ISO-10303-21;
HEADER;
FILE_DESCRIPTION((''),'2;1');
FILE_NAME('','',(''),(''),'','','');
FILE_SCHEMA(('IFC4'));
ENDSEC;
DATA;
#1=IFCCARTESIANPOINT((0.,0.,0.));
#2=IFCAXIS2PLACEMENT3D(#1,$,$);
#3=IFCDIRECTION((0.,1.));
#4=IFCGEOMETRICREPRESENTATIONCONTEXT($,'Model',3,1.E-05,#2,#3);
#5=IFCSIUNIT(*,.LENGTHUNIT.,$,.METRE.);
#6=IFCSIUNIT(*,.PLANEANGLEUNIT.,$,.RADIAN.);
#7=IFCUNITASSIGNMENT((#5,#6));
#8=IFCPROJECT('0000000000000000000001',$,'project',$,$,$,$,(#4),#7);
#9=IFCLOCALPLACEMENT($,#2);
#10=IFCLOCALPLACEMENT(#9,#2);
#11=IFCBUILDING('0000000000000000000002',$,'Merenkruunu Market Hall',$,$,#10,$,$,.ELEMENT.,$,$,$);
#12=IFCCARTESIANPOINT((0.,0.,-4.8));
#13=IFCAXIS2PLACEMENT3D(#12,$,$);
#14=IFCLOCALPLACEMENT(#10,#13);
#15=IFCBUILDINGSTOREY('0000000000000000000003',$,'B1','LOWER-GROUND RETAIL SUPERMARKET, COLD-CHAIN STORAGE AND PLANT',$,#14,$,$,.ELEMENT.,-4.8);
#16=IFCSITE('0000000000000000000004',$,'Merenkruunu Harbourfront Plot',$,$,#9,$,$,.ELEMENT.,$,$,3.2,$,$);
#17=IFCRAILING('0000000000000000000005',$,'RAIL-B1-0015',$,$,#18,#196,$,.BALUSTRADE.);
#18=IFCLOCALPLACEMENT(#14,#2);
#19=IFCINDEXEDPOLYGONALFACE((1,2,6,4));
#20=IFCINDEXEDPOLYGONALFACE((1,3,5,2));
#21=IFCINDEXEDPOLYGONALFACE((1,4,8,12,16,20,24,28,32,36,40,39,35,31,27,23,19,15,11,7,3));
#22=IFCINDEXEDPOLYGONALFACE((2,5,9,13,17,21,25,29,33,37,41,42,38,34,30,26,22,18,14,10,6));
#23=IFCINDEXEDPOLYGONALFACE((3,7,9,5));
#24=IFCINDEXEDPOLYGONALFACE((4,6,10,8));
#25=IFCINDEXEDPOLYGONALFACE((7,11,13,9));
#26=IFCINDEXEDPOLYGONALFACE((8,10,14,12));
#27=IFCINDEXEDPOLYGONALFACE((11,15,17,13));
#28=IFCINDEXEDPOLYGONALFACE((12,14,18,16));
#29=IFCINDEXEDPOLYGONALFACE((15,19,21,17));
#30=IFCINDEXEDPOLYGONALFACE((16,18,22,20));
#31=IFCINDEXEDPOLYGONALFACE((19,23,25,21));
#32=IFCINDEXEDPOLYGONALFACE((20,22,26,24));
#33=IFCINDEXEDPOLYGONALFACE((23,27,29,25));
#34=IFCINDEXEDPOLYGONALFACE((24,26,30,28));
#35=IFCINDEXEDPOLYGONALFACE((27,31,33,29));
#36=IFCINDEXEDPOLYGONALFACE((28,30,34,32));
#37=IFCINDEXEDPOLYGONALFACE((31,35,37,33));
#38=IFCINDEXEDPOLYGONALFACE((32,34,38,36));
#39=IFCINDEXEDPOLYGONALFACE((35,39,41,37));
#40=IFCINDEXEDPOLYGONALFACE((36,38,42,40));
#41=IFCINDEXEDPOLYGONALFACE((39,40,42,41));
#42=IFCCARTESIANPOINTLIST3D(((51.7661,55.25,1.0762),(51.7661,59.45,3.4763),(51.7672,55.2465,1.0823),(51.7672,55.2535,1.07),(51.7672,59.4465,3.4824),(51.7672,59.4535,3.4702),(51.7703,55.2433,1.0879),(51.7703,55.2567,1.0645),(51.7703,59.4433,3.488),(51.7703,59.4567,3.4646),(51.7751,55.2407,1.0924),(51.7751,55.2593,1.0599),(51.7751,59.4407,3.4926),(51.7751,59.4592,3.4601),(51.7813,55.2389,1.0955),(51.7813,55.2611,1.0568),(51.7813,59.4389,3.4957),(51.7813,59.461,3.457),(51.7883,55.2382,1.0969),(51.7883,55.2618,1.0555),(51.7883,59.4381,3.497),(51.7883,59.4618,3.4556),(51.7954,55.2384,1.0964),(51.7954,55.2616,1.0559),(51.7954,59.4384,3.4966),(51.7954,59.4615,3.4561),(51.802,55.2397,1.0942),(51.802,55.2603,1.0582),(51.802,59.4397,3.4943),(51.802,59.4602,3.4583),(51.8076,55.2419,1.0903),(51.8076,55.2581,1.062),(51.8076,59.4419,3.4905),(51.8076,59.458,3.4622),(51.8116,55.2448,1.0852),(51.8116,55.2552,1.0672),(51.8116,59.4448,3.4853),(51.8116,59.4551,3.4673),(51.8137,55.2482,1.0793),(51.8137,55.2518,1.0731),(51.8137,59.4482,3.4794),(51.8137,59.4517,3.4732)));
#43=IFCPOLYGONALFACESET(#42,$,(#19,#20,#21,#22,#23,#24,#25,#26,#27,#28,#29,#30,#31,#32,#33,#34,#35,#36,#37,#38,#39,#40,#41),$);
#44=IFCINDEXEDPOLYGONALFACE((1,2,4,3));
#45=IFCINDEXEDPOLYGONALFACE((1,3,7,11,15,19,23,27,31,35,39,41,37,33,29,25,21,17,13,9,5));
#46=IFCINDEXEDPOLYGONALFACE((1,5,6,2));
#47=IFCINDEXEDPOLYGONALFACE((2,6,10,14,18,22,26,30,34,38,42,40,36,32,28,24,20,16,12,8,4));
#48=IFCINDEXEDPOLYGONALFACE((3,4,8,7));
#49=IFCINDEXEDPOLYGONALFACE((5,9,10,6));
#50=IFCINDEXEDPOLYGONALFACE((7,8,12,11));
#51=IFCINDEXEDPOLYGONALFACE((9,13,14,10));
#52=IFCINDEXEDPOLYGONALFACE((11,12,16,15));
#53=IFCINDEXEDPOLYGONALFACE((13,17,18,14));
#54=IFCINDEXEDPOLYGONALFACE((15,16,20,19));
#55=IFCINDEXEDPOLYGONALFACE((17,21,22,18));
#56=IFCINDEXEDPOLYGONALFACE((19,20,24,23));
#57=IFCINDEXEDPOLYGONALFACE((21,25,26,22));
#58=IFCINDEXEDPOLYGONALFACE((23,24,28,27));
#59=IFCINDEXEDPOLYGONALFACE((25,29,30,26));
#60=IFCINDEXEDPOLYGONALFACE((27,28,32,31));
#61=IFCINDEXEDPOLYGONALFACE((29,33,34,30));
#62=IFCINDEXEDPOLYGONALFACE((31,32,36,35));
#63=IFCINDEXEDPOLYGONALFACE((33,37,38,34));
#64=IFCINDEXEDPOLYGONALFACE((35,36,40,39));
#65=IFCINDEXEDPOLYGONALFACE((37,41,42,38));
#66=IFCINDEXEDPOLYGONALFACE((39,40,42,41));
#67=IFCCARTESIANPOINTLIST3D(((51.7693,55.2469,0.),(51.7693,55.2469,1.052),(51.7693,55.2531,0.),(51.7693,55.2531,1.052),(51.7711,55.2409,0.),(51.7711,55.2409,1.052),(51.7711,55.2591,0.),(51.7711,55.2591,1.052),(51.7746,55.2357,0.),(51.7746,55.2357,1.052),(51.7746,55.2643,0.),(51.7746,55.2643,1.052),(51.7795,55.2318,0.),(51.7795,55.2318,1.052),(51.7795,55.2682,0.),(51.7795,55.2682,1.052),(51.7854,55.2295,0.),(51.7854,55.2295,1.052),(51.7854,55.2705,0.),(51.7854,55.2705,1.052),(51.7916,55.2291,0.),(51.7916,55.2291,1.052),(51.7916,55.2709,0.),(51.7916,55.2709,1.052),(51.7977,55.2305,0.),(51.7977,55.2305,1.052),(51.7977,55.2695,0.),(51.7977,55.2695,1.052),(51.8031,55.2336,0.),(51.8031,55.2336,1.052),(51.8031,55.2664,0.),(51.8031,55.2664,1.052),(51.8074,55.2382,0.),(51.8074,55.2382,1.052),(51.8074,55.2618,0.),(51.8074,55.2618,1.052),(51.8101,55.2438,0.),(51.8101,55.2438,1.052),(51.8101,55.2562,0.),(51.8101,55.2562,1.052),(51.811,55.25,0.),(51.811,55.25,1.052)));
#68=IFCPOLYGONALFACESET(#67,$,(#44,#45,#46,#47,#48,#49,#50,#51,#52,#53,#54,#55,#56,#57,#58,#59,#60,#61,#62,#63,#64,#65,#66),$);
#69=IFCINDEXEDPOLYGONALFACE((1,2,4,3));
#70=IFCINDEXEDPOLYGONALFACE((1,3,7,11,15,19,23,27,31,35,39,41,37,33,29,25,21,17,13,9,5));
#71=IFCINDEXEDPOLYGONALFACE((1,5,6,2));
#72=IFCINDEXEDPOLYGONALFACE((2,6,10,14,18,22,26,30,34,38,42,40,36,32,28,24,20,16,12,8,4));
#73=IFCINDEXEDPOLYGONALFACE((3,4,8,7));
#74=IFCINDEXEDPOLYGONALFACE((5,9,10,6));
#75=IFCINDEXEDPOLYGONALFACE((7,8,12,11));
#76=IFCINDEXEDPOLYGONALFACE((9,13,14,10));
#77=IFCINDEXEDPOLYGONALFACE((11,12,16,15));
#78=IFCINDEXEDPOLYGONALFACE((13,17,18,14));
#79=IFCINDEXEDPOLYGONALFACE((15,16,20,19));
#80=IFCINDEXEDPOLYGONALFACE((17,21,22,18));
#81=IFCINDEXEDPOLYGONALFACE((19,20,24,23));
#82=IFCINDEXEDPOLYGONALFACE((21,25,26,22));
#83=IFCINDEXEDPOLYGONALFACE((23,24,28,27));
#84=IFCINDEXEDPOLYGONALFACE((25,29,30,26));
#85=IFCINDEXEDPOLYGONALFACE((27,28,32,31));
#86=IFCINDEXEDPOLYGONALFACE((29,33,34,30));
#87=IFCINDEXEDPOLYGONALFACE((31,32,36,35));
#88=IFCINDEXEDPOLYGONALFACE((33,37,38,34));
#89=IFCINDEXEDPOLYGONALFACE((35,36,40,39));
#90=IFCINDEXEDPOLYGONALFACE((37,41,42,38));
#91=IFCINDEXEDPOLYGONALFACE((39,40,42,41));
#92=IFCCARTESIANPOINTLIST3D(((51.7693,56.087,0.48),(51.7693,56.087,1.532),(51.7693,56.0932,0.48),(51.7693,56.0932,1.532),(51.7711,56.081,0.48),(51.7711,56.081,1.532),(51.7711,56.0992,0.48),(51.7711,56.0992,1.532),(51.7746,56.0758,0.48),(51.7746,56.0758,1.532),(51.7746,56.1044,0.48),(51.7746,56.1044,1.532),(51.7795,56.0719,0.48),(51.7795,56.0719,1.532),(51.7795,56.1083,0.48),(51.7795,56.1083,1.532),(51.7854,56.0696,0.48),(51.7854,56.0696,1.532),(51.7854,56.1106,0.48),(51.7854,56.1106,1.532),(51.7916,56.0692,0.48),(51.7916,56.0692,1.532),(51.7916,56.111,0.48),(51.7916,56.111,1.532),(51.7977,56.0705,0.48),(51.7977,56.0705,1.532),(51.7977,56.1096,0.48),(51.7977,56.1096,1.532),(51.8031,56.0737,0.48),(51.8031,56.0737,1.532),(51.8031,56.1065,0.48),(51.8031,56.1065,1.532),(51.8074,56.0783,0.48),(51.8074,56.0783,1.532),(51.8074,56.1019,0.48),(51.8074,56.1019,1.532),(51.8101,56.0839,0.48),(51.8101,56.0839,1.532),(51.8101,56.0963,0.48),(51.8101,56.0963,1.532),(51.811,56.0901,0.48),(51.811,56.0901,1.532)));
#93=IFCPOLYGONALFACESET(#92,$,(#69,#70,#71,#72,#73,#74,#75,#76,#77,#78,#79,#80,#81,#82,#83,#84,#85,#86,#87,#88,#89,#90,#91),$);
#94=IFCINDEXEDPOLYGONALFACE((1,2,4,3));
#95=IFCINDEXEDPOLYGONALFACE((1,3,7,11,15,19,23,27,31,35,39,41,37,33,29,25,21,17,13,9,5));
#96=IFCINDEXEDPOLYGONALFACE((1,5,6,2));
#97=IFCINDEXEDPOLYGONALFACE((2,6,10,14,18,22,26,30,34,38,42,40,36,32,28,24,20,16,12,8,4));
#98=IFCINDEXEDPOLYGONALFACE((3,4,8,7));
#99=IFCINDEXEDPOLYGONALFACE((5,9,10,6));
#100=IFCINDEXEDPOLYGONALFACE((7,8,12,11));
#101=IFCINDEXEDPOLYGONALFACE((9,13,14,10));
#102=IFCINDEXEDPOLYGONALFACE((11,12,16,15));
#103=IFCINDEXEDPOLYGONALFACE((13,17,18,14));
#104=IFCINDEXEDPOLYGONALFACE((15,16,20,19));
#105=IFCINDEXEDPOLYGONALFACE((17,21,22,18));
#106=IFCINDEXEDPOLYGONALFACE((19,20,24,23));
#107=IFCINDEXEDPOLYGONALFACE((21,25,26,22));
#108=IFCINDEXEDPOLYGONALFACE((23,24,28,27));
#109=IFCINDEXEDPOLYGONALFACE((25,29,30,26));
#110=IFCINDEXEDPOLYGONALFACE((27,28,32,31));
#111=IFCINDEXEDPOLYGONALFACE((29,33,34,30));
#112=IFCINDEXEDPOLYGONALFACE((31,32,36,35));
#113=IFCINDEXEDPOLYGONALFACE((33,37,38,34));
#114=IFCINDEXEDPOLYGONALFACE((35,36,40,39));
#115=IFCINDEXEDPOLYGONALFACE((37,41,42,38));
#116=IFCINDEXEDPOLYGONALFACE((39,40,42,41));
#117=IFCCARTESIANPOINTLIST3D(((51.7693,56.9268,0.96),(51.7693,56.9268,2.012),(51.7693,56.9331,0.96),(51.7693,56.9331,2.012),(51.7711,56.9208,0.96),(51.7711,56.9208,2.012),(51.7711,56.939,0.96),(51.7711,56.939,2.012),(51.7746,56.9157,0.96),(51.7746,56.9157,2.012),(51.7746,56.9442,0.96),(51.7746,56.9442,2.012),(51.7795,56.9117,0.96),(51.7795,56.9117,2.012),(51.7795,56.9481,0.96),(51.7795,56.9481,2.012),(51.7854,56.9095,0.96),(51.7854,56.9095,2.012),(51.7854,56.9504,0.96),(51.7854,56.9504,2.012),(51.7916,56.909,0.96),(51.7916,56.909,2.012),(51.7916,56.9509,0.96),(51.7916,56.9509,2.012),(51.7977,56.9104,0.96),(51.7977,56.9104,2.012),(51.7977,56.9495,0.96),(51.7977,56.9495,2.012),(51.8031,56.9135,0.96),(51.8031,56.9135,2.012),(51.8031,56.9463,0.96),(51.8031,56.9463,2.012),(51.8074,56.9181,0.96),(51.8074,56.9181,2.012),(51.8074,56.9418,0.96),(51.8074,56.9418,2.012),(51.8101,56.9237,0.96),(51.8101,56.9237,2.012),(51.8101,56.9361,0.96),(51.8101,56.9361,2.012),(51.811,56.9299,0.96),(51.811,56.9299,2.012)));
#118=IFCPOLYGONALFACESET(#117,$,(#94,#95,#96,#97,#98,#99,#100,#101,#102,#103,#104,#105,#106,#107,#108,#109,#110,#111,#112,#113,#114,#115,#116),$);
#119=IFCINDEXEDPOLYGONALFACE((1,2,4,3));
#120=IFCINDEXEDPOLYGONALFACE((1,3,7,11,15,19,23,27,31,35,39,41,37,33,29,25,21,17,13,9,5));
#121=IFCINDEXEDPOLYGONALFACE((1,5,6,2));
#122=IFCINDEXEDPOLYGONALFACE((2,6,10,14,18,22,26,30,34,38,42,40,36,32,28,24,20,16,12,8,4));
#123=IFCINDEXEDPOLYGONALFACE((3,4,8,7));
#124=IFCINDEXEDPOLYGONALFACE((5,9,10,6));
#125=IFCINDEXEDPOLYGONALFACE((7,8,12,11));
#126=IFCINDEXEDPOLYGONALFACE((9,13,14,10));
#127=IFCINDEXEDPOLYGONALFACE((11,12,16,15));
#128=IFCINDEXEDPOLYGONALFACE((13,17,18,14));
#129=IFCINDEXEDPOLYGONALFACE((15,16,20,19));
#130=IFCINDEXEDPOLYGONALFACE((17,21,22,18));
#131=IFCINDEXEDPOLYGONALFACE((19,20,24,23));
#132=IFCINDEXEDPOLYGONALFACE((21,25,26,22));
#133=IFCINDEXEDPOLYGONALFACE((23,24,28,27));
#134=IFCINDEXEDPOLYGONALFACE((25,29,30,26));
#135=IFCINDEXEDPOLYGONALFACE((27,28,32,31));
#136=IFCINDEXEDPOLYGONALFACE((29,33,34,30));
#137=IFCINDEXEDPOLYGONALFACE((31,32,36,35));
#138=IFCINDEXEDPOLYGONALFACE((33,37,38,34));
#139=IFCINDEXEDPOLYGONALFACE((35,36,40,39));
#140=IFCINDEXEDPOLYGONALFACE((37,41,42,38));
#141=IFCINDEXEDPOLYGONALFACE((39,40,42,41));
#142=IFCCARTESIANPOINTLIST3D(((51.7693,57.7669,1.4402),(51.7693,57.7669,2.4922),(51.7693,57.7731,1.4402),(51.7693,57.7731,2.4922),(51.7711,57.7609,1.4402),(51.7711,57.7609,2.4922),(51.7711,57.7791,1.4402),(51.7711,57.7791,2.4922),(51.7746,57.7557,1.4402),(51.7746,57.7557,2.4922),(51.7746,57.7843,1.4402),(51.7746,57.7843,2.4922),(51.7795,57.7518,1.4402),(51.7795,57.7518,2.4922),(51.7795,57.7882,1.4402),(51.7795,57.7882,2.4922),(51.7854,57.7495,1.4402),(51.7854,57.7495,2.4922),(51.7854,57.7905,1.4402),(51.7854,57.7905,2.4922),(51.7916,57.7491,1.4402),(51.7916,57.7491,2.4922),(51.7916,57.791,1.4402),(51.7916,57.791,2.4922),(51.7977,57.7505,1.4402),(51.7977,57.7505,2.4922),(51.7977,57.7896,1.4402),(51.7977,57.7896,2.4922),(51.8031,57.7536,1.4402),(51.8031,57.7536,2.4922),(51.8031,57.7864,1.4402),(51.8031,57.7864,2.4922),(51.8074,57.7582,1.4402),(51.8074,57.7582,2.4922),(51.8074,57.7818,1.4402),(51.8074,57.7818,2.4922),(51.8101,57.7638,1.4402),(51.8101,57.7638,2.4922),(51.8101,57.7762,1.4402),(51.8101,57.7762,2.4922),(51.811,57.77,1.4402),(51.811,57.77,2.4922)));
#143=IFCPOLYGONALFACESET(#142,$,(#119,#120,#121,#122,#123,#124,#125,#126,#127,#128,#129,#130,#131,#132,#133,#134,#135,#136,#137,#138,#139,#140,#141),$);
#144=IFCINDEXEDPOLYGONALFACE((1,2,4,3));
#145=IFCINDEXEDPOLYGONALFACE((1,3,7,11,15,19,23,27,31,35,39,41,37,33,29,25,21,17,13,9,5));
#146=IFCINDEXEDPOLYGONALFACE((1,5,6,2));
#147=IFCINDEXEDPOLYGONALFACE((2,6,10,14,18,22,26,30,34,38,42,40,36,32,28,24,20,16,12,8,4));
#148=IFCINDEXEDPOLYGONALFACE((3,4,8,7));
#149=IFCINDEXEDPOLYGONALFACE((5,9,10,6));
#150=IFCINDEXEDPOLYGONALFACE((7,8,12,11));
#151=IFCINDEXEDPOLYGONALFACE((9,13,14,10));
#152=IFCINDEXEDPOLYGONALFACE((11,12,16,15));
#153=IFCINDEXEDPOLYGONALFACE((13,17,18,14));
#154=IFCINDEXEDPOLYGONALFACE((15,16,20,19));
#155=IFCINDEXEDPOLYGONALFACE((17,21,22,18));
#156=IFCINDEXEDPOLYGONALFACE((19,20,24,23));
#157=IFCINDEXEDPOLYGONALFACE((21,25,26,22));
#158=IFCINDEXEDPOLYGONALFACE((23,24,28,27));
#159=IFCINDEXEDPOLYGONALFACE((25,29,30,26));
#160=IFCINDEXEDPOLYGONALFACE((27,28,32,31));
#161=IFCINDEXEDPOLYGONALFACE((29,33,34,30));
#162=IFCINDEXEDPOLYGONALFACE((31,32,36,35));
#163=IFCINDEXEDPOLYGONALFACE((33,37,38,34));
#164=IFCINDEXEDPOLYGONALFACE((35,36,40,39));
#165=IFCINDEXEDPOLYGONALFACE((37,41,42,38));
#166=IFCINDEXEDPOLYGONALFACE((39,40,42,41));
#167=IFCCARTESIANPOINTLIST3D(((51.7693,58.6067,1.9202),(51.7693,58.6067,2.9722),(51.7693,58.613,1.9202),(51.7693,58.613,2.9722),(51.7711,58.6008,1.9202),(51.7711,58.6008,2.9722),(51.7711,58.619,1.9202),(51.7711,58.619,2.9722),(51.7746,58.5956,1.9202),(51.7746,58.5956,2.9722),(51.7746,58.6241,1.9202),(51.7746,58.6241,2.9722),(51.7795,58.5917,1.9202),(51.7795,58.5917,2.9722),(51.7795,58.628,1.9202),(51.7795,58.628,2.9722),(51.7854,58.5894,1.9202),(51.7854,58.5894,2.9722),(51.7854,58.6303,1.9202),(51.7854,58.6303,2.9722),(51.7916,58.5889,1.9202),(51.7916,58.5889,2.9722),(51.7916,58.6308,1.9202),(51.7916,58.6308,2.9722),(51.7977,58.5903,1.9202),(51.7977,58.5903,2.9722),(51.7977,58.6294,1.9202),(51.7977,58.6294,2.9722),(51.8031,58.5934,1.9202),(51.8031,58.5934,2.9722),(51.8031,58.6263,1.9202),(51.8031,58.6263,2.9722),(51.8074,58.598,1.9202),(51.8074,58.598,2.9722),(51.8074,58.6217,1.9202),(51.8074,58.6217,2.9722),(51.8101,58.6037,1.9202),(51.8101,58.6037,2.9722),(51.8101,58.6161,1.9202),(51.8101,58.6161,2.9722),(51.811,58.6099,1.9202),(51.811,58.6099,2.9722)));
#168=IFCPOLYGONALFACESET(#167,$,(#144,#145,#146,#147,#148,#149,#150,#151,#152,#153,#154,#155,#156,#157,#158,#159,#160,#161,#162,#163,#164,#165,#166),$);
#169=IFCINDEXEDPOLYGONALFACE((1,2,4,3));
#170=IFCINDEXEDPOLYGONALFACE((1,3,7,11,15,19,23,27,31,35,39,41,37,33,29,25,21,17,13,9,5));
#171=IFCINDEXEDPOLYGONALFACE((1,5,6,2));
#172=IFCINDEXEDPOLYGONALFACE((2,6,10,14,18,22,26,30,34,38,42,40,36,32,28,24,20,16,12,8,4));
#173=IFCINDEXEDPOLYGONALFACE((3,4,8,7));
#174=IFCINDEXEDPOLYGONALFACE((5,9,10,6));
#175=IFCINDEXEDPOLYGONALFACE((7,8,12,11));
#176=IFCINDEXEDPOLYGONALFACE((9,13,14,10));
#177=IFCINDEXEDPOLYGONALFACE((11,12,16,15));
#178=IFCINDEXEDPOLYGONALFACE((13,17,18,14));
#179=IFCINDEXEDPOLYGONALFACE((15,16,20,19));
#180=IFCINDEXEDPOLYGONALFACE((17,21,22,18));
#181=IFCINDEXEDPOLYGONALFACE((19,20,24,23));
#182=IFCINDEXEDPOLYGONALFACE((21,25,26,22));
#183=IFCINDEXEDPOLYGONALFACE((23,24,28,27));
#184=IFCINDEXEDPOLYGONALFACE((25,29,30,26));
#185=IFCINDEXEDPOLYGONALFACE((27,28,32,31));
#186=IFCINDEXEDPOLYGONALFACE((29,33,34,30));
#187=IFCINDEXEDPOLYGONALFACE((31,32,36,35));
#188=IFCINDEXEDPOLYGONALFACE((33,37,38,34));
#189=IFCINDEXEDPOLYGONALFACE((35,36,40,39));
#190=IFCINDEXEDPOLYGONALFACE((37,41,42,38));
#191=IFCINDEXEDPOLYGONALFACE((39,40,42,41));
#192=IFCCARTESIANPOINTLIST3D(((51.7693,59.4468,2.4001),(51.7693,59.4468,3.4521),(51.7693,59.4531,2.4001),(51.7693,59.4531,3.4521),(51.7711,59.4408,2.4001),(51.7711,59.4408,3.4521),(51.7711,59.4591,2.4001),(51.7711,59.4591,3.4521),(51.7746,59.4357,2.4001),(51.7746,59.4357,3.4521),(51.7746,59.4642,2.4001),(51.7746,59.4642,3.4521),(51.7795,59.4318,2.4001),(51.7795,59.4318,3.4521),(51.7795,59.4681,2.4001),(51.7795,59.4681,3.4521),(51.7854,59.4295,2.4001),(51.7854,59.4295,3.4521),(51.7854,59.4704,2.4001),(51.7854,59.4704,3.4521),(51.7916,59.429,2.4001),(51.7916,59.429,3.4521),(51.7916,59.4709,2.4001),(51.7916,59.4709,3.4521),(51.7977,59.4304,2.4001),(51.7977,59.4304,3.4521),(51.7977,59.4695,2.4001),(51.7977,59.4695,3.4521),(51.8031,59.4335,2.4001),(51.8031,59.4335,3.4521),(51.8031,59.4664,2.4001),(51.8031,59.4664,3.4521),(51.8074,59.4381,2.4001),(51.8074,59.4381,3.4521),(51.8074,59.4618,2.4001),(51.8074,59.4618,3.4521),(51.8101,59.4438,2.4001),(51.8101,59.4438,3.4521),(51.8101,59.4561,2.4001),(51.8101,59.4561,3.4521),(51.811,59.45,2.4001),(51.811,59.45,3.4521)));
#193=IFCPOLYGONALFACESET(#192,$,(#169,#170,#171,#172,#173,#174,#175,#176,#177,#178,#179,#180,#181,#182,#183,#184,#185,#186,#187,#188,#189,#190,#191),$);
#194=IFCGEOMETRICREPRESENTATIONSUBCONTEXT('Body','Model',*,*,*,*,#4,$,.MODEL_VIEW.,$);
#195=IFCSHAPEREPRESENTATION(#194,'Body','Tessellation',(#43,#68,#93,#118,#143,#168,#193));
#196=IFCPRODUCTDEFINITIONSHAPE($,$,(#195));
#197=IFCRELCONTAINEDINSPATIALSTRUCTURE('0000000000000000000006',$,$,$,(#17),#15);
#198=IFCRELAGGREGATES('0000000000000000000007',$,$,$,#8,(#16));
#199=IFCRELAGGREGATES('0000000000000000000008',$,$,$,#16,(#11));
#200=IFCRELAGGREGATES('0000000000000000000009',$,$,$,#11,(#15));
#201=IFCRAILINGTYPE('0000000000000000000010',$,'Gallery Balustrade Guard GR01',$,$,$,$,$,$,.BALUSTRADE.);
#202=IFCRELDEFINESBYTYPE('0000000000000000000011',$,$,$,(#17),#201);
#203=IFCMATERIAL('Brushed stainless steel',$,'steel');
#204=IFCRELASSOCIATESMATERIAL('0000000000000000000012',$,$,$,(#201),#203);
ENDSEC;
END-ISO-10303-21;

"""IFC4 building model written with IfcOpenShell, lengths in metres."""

from ifc_helpers import new_model, si_unit, direction, frame, origin, origin_2d, place, context, subcontext, project, spatial, circle, extrude, material, type_object, element, save


model = new_model("IFC4")

# Units and contexts
model_context = context("Model", 3, precision=1e-05, world=origin(), true_north=direction((0.0, 1.0)))
body_context = subcontext(model_context, "Body", "Model", "MODEL_VIEW")
ifc_project = project(units=[si_unit("LENGTHUNIT", "METRE"), si_unit("PLANEANGLEUNIT", "RADIAN")], contexts=[model_context])

# Site, building, storey
site_placement = place(None, origin())
site = spatial("IfcSite", under=ifc_project, at=site_placement, Name="Merenkruunu Harbourfront Plot", CompositionType="ELEMENT", RefElevation=3.2)
building_placement = place(site_placement, origin())
building = spatial("IfcBuilding", under=site, at=building_placement, Name="Merenkruunu Market Hall", CompositionType="ELEMENT")
storey_placement = place(building_placement, frame((0.0, 0.0, -4.8)))
storey = spatial("IfcBuildingStorey", under=building, at=storey_placement, Name="B1", Description="LOWER-GROUND RETAIL SUPERMARKET, COLD-CHAIN STORAGE AND PLANT", CompositionType="ELEMENT", Elevation=-4.8)

# Shared definitions
ifc_material_1 = material(Name="Brushed stainless steel", Category="steel")

# Railing
railing_type_1 = type_object("IfcRailingType", Name="Gallery Balustrade Guard GR01", PredefinedType="BALUSTRADE", material=ifc_material_1)
railing_1_placement = place(storey_placement, frame((51.79, 55.25, 0.0)))
element("IfcRailing", 1, at=railing_1_placement, inside=storey, type_object=railing_type_1, Name="RAIL-B1-0015", PredefinedType="BALUSTRADE", context=body_context, shape_type="SweptSolid", body=[
    extrude(circle(Radius=0.0239, at=origin_2d()), frame((0.0, 0.0, 1.0762), z_axis=(0.0, 0.868228, 0.496166), x_axis=(-1.0, 0.0, 0.0)), (0.0, 0.0, 1.0), 4.8374),
    extrude(circle(Radius=0.021, at=origin_2d()), origin(), (0.0, 0.0, 1.0), 1.052),
    extrude(circle(Radius=0.021, at=origin_2d()), frame((0.0, 0.8401, 0.48)), (0.0, 0.0, 1.0), 1.052),
    extrude(circle(Radius=0.021, at=origin_2d()), frame((0.0, 1.6799, 0.96)), (0.0, 0.0, 1.0), 1.052),
    extrude(circle(Radius=0.021, at=origin_2d()), frame((0.0, 2.52, 1.4402)), (0.0, 0.0, 1.0), 1.052),
    extrude(circle(Radius=0.021, at=origin_2d()), frame((0.0, 3.3599, 1.9202)), (0.0, 0.0, 1.0), 1.052),
    extrude(circle(Radius=0.021, at=origin_2d()), frame((0.0, 4.2, 2.4001)), (0.0, 0.0, 1.0), 1.052),
])

save(model, "model.ifc")
